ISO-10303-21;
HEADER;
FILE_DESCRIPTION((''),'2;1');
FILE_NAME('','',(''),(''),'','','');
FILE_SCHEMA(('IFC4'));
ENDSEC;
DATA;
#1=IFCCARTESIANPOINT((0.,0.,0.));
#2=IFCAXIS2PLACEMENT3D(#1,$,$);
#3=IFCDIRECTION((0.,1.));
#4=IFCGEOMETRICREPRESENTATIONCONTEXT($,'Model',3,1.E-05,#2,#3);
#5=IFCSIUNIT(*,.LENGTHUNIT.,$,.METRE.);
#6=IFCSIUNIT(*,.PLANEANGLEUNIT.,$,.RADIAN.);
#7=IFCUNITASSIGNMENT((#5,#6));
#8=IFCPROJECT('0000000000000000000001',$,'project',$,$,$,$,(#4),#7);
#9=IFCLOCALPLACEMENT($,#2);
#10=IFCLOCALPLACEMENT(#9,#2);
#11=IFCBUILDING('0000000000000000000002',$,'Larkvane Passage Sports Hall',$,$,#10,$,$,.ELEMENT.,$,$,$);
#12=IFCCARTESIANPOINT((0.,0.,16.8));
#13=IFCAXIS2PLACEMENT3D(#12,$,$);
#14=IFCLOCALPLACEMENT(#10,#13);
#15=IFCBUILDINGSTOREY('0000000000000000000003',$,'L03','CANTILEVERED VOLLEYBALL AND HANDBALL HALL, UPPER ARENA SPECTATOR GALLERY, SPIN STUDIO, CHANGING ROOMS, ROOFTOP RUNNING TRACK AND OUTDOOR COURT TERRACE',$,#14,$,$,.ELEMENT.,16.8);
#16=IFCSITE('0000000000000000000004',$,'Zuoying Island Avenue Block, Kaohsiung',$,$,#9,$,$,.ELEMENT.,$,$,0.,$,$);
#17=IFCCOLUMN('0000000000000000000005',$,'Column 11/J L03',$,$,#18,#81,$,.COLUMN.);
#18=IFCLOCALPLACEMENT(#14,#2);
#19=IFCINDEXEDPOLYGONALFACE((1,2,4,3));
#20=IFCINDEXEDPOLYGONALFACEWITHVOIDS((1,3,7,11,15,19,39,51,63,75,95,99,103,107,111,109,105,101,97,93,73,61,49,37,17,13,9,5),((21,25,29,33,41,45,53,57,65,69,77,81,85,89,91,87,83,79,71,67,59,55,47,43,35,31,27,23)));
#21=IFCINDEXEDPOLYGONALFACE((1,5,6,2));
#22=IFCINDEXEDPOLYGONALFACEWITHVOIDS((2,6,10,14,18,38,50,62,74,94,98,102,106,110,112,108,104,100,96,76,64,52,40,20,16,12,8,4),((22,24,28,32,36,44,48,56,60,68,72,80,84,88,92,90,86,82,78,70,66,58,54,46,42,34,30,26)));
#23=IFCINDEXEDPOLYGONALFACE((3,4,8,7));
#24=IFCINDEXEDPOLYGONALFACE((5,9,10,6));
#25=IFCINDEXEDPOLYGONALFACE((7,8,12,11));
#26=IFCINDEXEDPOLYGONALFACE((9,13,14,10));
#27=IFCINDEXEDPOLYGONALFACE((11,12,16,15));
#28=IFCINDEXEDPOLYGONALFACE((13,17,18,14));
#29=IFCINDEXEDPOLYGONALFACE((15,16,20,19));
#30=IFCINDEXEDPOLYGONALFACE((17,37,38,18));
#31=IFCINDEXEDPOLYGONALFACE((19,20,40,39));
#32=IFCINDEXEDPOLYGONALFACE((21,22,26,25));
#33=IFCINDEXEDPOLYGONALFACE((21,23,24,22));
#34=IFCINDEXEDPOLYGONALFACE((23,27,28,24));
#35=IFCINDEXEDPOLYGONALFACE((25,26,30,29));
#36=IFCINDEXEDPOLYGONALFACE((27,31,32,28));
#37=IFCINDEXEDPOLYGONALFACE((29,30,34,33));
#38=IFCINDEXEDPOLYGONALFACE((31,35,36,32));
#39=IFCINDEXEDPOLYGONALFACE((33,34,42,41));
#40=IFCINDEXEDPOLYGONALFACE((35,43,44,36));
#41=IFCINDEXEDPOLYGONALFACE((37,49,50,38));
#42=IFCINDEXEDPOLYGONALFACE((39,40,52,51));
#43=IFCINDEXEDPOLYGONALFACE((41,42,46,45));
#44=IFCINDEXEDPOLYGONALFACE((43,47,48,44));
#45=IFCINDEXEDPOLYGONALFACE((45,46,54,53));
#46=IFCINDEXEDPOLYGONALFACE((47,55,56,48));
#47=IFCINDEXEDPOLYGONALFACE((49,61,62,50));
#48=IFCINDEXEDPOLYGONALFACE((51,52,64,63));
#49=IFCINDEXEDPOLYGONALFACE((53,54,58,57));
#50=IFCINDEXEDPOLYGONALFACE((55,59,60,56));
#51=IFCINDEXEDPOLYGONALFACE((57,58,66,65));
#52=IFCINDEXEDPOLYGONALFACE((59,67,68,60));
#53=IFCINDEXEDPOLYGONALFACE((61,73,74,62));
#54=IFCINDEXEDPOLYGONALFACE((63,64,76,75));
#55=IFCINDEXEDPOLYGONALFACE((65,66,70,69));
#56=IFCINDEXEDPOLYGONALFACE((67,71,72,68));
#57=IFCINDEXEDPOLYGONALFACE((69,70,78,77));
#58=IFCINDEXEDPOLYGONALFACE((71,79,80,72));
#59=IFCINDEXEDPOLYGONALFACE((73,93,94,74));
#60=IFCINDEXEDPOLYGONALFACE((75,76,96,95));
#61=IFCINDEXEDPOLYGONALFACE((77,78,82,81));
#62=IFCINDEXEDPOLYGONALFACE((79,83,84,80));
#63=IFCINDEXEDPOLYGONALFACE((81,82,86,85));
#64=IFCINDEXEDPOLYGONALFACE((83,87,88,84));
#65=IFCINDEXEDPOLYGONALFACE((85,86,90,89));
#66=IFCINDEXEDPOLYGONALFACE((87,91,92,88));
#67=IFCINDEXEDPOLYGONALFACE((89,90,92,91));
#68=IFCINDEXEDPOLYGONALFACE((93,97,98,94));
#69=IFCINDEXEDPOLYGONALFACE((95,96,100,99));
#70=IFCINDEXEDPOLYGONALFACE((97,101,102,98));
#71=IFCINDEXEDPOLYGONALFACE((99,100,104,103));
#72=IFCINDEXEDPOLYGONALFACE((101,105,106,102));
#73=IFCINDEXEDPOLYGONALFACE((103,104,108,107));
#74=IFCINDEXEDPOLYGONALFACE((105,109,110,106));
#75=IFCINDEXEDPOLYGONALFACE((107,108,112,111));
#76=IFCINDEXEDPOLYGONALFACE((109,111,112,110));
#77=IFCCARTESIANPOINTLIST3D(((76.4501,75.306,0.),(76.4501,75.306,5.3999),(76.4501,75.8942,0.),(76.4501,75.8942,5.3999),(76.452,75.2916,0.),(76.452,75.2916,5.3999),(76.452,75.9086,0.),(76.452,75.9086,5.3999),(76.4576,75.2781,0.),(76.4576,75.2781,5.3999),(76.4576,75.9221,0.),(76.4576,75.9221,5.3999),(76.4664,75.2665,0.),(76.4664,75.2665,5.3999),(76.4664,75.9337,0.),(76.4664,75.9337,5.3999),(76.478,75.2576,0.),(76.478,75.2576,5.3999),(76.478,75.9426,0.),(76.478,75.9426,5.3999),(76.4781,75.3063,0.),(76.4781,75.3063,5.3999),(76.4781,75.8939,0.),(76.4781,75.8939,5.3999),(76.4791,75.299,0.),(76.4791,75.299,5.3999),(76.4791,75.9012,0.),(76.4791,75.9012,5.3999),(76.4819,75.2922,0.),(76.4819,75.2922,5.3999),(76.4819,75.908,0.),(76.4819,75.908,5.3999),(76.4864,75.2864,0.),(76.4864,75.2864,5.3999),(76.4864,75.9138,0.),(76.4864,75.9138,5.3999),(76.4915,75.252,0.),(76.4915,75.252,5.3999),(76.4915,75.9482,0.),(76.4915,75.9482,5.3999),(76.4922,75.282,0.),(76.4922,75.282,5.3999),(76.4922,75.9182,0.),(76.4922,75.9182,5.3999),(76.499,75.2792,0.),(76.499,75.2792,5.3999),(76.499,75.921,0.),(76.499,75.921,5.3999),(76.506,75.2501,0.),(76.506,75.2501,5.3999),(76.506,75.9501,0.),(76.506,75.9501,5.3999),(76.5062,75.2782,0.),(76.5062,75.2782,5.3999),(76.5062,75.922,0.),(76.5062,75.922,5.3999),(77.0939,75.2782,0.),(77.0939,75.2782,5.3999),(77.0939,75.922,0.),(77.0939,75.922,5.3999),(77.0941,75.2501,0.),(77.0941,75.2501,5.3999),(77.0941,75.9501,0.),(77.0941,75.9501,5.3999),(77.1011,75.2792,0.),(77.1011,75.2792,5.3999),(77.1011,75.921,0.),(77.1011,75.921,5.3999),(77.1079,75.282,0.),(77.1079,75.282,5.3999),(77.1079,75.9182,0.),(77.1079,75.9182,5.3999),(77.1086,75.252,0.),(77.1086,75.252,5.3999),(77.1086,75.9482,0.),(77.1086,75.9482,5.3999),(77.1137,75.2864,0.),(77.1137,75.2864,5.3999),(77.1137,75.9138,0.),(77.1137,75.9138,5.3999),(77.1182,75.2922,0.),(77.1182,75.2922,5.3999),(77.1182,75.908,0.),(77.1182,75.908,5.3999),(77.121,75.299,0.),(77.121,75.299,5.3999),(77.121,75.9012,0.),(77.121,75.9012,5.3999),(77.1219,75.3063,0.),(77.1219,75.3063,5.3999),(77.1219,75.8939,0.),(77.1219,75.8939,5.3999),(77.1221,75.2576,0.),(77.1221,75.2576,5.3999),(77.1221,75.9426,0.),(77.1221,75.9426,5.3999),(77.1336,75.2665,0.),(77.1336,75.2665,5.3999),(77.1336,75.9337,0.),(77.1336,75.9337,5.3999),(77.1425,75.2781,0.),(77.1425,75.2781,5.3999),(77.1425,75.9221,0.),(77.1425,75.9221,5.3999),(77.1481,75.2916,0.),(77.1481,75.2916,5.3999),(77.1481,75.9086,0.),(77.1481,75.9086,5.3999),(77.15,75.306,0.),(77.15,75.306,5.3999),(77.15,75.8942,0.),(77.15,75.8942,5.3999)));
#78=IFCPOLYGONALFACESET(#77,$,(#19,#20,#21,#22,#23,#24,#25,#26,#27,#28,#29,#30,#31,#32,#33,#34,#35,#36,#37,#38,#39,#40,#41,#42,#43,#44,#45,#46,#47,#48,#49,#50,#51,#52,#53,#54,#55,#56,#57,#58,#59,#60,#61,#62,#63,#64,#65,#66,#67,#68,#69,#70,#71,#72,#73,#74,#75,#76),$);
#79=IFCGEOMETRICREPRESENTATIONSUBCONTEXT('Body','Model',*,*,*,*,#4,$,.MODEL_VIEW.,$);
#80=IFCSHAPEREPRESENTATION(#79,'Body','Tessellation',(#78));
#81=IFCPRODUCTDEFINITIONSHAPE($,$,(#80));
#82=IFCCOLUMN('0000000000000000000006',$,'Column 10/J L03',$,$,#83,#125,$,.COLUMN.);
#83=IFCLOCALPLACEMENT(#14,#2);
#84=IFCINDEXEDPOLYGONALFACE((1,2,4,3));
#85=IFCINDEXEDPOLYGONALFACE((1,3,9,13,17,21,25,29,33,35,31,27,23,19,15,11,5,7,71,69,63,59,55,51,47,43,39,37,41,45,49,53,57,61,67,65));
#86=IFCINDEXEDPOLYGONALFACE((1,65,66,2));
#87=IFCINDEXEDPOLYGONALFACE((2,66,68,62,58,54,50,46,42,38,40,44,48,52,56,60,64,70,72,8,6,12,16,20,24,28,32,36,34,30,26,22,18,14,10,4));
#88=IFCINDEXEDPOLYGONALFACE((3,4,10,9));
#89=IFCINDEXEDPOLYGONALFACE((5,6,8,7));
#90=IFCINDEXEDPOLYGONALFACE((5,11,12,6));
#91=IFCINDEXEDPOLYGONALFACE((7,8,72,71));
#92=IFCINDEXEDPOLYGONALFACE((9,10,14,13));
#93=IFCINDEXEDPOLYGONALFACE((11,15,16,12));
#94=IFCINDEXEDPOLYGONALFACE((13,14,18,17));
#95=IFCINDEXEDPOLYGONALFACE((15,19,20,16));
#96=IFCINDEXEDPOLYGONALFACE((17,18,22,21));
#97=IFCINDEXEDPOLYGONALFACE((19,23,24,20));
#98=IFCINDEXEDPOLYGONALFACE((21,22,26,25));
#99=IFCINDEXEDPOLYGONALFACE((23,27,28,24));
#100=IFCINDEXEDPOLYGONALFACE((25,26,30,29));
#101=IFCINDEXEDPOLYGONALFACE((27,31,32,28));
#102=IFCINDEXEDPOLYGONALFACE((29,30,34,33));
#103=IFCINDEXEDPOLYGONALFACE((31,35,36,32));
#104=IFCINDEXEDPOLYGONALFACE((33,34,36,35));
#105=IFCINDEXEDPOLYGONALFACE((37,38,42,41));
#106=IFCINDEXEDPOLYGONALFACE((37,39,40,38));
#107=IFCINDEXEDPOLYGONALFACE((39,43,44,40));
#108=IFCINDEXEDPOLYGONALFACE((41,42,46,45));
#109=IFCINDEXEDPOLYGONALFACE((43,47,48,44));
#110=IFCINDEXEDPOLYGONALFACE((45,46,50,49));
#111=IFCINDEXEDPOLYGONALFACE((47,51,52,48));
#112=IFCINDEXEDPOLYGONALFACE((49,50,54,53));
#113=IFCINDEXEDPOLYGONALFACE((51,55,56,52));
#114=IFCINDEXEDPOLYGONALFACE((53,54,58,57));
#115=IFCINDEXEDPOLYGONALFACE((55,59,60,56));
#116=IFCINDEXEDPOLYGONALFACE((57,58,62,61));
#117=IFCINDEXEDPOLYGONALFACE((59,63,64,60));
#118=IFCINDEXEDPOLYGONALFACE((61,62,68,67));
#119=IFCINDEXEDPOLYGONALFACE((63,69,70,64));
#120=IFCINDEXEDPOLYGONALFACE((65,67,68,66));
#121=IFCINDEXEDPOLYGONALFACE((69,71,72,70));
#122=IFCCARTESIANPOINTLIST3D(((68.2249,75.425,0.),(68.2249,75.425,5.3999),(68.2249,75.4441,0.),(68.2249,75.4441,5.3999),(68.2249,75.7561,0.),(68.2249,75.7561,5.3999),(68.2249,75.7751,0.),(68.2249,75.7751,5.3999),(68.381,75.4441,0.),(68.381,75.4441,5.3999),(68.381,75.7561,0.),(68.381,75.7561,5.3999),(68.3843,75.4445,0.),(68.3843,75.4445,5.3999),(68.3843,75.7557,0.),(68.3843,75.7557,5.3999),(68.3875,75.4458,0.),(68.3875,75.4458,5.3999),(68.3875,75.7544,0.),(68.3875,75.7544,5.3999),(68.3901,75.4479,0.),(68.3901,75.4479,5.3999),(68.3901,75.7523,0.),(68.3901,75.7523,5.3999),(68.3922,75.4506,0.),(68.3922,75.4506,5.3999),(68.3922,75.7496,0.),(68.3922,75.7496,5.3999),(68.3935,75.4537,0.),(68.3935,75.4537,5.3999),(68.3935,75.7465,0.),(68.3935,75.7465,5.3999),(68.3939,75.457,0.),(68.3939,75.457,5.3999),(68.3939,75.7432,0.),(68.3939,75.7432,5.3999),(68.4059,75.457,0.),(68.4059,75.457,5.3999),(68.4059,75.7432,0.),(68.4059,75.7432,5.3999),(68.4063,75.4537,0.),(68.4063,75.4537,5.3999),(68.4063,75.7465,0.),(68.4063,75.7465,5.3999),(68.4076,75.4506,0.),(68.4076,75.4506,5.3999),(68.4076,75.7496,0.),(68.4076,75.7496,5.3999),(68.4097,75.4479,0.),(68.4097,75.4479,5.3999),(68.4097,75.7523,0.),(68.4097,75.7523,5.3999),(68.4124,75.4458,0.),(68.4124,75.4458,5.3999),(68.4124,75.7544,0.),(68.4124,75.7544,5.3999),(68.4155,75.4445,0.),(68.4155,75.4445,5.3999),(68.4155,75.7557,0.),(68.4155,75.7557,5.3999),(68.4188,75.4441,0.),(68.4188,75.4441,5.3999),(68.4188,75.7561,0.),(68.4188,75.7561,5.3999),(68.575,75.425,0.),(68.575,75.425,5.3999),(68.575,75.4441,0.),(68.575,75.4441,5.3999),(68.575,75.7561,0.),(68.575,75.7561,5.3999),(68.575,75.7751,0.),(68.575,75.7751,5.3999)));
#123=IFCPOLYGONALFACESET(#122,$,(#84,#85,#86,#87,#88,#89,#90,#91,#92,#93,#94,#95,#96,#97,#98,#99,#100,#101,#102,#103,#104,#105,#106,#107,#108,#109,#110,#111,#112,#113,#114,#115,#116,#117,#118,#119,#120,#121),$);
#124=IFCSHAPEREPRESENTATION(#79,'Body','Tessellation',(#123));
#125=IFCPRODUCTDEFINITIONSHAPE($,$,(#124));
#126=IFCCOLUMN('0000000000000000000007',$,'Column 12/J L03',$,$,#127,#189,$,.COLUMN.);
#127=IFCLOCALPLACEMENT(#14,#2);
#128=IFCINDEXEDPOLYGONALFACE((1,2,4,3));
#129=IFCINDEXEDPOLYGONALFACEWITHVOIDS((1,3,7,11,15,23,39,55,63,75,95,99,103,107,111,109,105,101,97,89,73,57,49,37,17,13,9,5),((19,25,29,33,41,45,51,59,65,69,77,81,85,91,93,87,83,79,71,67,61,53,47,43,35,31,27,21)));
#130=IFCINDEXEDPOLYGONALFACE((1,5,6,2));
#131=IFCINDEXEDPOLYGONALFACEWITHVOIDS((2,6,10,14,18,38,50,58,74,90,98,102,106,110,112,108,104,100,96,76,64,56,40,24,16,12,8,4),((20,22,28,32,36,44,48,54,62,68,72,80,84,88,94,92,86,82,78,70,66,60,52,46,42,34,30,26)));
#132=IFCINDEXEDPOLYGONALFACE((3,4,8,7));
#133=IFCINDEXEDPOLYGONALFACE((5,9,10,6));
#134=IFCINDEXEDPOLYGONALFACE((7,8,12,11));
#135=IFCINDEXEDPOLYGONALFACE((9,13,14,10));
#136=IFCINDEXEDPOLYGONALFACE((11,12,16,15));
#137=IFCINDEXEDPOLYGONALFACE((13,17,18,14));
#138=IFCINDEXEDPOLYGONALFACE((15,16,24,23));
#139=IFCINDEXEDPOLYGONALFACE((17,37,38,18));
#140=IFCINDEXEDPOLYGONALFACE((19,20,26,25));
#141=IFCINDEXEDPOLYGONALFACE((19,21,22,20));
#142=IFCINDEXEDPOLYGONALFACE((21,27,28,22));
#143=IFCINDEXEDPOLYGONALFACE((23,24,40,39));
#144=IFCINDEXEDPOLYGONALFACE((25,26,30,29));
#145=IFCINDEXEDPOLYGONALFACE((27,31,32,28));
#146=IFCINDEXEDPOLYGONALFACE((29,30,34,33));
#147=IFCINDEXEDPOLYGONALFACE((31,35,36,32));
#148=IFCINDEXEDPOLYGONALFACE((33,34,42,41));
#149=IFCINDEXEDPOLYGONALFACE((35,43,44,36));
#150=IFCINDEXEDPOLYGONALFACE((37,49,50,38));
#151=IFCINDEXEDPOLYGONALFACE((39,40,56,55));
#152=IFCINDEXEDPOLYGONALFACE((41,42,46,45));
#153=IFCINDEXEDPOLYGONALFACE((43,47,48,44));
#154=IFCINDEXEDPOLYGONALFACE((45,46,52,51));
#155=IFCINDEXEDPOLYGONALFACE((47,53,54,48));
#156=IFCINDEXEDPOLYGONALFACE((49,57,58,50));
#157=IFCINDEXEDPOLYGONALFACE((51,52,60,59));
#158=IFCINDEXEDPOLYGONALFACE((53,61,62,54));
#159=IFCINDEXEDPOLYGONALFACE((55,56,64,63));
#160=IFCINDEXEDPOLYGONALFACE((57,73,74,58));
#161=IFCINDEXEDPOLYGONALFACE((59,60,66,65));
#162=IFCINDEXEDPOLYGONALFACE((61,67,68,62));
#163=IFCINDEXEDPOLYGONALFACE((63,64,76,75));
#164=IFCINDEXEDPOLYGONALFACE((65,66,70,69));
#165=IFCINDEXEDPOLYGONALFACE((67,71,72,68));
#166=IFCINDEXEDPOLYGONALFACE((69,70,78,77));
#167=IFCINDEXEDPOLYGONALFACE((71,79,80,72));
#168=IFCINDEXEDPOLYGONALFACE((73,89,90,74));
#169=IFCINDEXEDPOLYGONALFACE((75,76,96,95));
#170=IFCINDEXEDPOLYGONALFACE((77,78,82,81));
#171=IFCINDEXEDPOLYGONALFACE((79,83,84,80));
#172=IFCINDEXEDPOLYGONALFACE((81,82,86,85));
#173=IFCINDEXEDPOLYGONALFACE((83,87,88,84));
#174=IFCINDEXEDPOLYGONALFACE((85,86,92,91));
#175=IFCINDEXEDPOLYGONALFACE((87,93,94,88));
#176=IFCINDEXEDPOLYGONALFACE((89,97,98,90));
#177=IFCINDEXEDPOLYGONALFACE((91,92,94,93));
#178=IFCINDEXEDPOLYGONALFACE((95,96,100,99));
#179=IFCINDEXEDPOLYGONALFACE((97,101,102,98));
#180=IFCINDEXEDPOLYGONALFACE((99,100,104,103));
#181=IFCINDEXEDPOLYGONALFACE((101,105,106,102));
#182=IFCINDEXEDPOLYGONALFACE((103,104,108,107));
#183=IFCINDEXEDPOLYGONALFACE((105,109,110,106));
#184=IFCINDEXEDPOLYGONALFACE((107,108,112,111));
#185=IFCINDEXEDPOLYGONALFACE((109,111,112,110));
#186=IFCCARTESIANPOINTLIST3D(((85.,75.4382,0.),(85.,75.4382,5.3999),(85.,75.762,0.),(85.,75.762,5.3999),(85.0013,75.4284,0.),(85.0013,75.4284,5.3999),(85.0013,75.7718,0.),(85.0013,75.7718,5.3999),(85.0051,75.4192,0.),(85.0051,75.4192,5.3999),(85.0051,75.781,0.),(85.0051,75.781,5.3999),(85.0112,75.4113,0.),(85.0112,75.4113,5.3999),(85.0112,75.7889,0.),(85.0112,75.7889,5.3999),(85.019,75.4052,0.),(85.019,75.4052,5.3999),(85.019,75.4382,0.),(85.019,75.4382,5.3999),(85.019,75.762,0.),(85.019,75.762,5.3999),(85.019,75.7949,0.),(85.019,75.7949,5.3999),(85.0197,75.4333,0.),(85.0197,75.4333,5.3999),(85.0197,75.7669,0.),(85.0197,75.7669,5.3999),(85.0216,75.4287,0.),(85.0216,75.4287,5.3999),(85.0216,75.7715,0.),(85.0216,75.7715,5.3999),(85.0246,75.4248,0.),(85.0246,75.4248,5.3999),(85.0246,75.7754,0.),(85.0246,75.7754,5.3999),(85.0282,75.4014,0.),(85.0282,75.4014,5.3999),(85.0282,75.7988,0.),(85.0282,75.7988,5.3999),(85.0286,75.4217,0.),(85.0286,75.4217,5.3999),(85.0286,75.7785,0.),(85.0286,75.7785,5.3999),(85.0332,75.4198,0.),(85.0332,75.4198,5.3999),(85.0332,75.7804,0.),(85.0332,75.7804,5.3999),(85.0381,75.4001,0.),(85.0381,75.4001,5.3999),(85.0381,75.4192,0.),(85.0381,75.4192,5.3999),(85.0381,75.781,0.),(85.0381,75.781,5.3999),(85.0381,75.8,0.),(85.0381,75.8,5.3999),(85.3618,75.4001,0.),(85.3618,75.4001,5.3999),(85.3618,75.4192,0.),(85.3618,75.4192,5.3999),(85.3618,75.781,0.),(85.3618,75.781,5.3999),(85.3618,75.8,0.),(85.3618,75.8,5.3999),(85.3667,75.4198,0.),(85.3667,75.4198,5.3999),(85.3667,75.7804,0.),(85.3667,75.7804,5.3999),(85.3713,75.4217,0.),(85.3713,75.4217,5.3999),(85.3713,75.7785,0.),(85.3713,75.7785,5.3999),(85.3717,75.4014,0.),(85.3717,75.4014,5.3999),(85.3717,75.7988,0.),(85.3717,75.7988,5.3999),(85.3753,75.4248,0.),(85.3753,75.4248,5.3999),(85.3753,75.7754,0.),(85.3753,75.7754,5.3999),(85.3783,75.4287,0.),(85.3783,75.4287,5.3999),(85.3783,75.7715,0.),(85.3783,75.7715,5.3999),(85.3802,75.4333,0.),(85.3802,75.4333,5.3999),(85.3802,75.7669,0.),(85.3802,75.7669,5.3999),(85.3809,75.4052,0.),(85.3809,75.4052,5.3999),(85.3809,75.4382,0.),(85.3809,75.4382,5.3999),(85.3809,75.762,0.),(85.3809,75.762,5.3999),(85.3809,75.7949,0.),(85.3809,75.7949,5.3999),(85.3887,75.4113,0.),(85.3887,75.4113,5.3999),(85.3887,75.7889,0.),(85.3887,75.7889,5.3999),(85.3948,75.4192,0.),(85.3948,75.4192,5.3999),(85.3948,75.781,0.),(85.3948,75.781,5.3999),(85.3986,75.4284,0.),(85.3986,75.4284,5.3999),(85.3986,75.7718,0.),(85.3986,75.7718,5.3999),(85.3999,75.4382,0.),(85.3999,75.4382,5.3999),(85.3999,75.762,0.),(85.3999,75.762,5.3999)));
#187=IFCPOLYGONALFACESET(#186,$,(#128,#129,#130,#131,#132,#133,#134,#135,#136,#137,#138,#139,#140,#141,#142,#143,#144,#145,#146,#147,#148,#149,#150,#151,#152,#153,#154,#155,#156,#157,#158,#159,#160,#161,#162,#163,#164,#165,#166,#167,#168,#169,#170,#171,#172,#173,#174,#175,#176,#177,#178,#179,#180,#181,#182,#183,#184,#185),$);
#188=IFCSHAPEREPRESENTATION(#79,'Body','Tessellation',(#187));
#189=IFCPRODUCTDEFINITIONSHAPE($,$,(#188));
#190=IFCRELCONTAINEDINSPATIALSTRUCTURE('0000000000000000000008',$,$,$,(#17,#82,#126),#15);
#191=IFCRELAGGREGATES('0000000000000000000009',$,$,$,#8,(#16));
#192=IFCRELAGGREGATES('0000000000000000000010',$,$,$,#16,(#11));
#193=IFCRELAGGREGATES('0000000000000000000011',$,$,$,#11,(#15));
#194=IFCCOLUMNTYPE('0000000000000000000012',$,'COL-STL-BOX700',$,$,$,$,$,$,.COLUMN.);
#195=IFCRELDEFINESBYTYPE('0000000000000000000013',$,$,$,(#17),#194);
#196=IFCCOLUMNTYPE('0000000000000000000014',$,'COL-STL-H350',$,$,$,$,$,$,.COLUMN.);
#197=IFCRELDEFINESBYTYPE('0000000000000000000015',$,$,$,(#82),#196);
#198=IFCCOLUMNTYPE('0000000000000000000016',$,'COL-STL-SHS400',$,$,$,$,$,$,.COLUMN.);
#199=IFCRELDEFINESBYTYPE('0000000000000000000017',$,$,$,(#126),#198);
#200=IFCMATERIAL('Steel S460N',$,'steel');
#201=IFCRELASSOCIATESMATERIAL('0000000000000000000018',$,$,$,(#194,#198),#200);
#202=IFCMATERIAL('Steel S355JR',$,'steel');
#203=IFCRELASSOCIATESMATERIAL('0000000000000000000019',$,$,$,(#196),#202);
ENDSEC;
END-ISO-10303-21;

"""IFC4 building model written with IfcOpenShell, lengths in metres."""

from ifc_helpers import new_model, si_unit, direction, frame, origin, origin_2d, place, context, subcontext, project, spatial, hollow_rectangle, i_section, extrude, material, material_profile, profile_set, type_object, element, save


model = new_model("IFC4")

# Units and contexts
model_context = context("Model", 3, precision=1e-05, world=origin(), true_north=direction((0.0, 1.0)))
body_context = subcontext(model_context, "Body", "Model", "MODEL_VIEW")
ifc_project = project(units=[si_unit("LENGTHUNIT", "METRE"), si_unit("PLANEANGLEUNIT", "RADIAN")], contexts=[model_context])

# Site, building, storey
site_placement = place(None, origin())
site = spatial("IfcSite", under=ifc_project, at=site_placement, Name="Zuoying Island Avenue Block, Kaohsiung", CompositionType="ELEMENT", RefElevation=0.0)
building_placement = place(site_placement, origin())
building = spatial("IfcBuilding", under=site, at=building_placement, Name="Larkvane Passage Sports Hall", CompositionType="ELEMENT")
storey_placement = place(building_placement, frame((0.0, 0.0, 16.8)))
storey = spatial("IfcBuildingStorey", under=building, at=storey_placement, Name="L03", Description="CANTILEVERED VOLLEYBALL AND HANDBALL HALL, UPPER ARENA SPECTATOR GALLERY, SPIN STUDIO, CHANGING ROOMS, ROOFTOP RUNNING TRACK AND OUTDOOR COURT TERRACE", CompositionType="ELEMENT", Elevation=16.8)

# Columns
ifc_material_1 = material(Name="Steel S460N", Category="steel")
ifc_material_profile_1 = material_profile(ifc_material_1, hollow_rectangle(XDim=0.7, YDim=0.7, WallThickness=0.0281, InnerFilletRadius=0.0281, OuterFilletRadius=0.0559, at=origin_2d()), Name="BOX-700x700x28")
ifc_profile_set_1 = profile_set([ifc_material_profile_1], Name="Steel S460N")
column_type_1 = type_object("IfcColumnType", Name="COL-STL-BOX700", PredefinedType="COLUMN", material=ifc_profile_set_1)
column_1_placement = place(storey_placement, frame((76.8, 75.6001, 0.0), z_axis=(0.0, 0.0, 1.0), x_axis=(1.0, 0.0, 0.0)))
element("IfcColumn", 1, at=column_1_placement, inside=storey, type_object=column_type_1, Name="Column 11/J L03", PredefinedType="COLUMN", context=body_context, shape_type="SweptSolid", body=[
    extrude(hollow_rectangle(XDim=0.7, YDim=0.7, WallThickness=0.0281, InnerFilletRadius=0.0281, OuterFilletRadius=0.0559, at=origin_2d()), origin(), (0.0, 0.0, 1.0), 5.3999),
])
ifc_material_2 = material(Name="Steel S355JR", Category="steel")
ifc_material_profile_2 = material_profile(ifc_material_2, i_section(OverallWidth=0.3501, OverallDepth=0.3501, WebThickness=0.012, FlangeThickness=0.019, FilletRadius=0.0129, at=origin_2d()), Name="H-350x350x12x19")
ifc_profile_set_2 = profile_set([ifc_material_profile_2], Name="Steel S355JR")
column_type_2 = type_object("IfcColumnType", Name="COL-STL-H350", PredefinedType="COLUMN", material=ifc_profile_set_2)
column_2_placement = place(storey_placement, frame((68.3999, 75.6001, 0.0), z_axis=(0.0, 0.0, 1.0), x_axis=(1.0, 0.0, 0.0)))
element("IfcColumn", 2, at=column_2_placement, inside=storey, type_object=column_type_2, Name="Column 10/J L03", PredefinedType="COLUMN", context=body_context, shape_type="SweptSolid", body=[
    extrude(i_section(OverallWidth=0.3501, OverallDepth=0.3501, WebThickness=0.012, FlangeThickness=0.019, FilletRadius=0.0129, at=origin_2d()), origin(), (0.0, 0.0, 1.0), 5.3999),
])
ifc_material_profile_3 = material_profile(ifc_material_1, hollow_rectangle(XDim=0.3999, YDim=0.3999, WallThickness=0.019, InnerFilletRadius=0.019, OuterFilletRadius=0.0381, at=origin_2d()), Name="SHS-400x400x19")
ifc_profile_set_3 = profile_set([ifc_material_profile_3], Name="Steel S460N")
column_type_3 = type_object("IfcColumnType", Name="COL-STL-SHS400", PredefinedType="COLUMN", material=ifc_profile_set_3)
column_3_placement = place(storey_placement, frame((85.2, 75.6001, 0.0), z_axis=(0.0, 0.0, 1.0), x_axis=(1.0, 0.0, 0.0)))
element("IfcColumn", 3, at=column_3_placement, inside=storey, type_object=column_type_3, Name="Column 12/J L03", PredefinedType="COLUMN", context=body_context, shape_type="SweptSolid", body=[
    extrude(hollow_rectangle(XDim=0.3999, YDim=0.3999, WallThickness=0.019, InnerFilletRadius=0.019, OuterFilletRadius=0.0381, at=origin_2d()), origin(), (0.0, 0.0, 1.0), 5.3999),
])

save(model, "model.ifc")
